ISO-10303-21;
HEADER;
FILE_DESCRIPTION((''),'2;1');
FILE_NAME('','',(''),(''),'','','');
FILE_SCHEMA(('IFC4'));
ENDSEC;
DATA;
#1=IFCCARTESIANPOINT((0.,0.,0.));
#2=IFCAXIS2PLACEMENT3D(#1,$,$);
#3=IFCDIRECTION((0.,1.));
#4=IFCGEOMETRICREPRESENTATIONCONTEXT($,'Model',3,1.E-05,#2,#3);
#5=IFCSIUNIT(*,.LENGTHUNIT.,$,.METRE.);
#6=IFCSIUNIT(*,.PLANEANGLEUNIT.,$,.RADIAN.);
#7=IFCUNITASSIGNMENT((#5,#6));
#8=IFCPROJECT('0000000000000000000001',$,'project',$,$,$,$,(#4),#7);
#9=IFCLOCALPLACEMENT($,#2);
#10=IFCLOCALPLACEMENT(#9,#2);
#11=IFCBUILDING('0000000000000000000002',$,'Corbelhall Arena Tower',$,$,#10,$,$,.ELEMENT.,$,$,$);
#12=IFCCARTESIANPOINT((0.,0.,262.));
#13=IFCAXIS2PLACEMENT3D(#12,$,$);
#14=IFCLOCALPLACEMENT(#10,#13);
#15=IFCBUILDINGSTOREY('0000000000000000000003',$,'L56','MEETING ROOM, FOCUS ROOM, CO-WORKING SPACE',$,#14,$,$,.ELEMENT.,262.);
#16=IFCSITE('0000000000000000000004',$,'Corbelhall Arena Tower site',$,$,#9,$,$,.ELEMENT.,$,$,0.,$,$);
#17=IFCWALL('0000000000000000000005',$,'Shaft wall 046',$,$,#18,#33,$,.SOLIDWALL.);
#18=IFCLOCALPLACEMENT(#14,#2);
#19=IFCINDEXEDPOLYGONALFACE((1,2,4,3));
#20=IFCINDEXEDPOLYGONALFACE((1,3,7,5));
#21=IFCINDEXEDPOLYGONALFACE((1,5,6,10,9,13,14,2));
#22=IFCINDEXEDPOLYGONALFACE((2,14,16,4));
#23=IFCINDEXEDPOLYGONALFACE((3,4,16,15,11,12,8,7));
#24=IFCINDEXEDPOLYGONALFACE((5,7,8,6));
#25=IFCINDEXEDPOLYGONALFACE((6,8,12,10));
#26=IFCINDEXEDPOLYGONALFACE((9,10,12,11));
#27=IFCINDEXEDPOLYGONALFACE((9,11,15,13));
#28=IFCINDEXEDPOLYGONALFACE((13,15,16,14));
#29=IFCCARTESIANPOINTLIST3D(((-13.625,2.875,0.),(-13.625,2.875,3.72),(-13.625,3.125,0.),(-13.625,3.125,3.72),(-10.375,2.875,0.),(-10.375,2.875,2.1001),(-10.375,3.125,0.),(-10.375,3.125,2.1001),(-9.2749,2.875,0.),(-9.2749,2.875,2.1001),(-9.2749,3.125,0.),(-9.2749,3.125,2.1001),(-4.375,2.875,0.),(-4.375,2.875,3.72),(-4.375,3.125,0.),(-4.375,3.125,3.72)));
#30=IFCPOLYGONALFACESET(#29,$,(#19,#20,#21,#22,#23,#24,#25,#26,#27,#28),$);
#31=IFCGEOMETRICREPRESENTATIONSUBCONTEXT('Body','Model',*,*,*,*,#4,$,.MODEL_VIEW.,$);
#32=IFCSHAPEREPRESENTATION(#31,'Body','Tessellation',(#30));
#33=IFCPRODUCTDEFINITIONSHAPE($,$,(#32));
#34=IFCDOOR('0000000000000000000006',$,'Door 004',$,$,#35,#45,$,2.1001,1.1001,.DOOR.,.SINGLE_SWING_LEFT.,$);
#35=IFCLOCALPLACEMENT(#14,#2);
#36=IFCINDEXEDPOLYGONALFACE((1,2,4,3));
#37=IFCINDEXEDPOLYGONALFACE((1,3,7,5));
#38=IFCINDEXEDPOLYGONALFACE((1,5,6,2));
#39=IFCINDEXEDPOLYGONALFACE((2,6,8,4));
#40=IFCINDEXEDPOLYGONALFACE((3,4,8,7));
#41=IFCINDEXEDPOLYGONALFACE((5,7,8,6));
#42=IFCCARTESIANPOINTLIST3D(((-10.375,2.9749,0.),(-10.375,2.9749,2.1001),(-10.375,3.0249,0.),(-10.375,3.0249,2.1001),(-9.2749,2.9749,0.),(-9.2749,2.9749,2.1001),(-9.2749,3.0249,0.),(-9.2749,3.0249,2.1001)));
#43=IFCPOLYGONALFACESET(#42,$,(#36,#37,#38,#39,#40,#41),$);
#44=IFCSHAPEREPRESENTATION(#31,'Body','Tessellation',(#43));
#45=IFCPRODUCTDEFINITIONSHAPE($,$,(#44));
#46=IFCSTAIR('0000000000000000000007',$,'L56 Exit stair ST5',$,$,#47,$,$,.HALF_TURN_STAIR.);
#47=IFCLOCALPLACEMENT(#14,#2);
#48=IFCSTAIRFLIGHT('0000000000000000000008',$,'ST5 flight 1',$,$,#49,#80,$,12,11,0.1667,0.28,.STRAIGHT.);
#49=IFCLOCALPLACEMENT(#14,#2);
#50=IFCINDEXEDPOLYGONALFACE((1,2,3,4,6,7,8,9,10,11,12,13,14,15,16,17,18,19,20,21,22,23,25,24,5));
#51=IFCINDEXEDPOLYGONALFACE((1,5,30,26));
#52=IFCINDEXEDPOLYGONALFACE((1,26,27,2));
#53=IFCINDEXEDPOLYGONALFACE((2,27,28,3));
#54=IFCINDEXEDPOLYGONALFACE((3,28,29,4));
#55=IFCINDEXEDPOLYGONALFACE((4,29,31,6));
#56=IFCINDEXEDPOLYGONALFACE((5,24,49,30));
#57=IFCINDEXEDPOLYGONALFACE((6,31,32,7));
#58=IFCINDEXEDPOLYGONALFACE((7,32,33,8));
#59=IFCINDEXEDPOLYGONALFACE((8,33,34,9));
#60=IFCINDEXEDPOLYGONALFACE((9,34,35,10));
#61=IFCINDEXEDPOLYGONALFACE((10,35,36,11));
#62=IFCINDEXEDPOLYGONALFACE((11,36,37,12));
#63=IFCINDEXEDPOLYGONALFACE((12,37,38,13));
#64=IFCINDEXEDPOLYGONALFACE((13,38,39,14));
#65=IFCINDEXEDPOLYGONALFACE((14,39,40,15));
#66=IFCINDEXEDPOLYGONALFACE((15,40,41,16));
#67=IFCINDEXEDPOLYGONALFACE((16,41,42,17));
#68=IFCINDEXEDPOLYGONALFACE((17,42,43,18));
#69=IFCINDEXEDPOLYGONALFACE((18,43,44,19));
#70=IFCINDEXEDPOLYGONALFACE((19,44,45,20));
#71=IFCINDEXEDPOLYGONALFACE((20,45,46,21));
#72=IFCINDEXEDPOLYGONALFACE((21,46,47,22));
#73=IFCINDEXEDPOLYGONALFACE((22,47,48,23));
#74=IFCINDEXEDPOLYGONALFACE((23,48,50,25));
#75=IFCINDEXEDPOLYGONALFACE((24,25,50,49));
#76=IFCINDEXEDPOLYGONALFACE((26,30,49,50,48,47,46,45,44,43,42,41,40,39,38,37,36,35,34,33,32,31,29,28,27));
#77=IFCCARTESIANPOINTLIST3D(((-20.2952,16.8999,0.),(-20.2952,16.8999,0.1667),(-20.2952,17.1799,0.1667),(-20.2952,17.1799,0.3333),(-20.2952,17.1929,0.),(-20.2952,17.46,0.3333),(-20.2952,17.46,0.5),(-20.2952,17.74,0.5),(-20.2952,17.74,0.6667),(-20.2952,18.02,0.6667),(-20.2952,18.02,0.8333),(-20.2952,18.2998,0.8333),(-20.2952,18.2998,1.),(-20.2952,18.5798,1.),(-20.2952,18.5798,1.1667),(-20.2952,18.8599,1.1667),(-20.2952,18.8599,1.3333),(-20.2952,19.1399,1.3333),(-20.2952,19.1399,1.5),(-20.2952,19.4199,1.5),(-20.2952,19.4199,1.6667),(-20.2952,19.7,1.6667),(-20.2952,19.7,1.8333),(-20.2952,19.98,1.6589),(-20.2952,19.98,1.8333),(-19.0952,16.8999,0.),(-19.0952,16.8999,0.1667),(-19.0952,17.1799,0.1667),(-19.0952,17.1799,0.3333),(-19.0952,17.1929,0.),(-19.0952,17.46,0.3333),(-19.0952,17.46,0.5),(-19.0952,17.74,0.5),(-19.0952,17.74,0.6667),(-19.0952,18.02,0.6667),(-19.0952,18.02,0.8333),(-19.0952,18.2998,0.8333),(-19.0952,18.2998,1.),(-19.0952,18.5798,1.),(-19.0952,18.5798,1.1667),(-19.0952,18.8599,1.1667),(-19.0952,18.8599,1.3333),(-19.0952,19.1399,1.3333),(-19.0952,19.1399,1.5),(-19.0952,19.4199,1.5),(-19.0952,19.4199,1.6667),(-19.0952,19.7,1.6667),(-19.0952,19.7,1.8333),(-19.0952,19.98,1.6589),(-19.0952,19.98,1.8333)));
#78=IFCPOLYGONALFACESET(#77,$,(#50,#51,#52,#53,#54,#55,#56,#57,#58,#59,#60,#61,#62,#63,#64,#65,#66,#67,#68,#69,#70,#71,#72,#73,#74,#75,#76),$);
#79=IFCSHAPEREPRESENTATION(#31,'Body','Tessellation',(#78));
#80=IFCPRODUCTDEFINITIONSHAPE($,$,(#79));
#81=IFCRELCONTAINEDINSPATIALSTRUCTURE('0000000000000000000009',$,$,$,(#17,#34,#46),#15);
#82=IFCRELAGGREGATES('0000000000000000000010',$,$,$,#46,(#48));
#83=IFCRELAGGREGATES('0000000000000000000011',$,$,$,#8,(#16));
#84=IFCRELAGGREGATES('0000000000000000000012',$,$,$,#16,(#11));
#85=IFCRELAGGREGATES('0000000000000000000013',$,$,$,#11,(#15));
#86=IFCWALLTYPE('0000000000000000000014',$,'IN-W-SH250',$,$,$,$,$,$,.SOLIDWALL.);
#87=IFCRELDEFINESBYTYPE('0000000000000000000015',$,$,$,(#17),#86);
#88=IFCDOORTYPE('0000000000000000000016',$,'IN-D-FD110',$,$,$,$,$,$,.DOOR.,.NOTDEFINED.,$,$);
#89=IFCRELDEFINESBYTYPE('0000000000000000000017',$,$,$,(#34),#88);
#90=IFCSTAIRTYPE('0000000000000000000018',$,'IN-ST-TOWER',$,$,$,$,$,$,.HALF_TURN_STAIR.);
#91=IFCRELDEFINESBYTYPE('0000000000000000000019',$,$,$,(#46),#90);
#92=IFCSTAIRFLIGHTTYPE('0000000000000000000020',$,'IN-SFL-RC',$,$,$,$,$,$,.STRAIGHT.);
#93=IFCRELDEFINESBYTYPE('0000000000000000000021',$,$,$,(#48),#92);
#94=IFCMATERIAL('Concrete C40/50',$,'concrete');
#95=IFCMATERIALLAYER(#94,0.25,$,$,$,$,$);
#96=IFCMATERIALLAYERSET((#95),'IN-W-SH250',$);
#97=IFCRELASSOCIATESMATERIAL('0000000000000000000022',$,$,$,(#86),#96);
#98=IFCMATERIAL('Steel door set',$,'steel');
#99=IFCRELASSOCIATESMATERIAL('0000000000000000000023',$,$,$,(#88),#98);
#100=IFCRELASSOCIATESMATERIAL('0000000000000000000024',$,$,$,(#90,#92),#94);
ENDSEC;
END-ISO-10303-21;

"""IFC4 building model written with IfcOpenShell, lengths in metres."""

from ifc_helpers import new_model, si_unit, direction, frame, frame_2d, origin, place, context, subcontext, project, spatial, polyline, rectangle, outline, extrude, material, layer, layer_set, type_object, element, fill, aggregate, save


model = new_model("IFC4")

# Units and contexts
model_context = context("Model", 3, precision=1e-05, world=origin(), true_north=direction((0.0, 1.0)))
body_context = subcontext(model_context, "Body", "Model", "MODEL_VIEW")
ifc_project = project(units=[si_unit("LENGTHUNIT", "METRE"), si_unit("PLANEANGLEUNIT", "RADIAN")], contexts=[model_context])

# Site, building, storey
site_placement = place(None, origin())
site = spatial("IfcSite", under=ifc_project, at=site_placement, Name="Corbelhall Arena Tower site", CompositionType="ELEMENT", RefElevation=0.0)
building_placement = place(site_placement, origin())
building = spatial("IfcBuilding", under=site, at=building_placement, Name="Corbelhall Arena Tower", CompositionType="ELEMENT")
storey_placement = place(building_placement, frame((0.0, 0.0, 262.0)))
storey = spatial("IfcBuildingStorey", under=building, at=storey_placement, Name="L56", Description="MEETING ROOM, FOCUS ROOM, CO-WORKING SPACE", CompositionType="ELEMENT", Elevation=262.0)

# Shared definitions
ifc_material_1 = material(Name="Concrete C40/50", Category="concrete")
ifc_material_2 = material(Name="Steel door set", Category="steel")

# Wall, opening, door
ifc_layer_1 = layer(ifc_material_1, 0.25)
ifc_layer_set_1 = layer_set([ifc_layer_1], Name="IN-W-SH250")
wall_type_1 = type_object("IfcWallType", Name="IN-W-SH250", PredefinedType="SOLIDWALL", material=ifc_layer_set_1)
wall_1_placement = place(storey_placement, frame((-13.625, 3.0, 0.0), z_axis=(0.0, 0.0, 1.0), x_axis=(1.0, 0.0, 0.0)))
wall_1 = element("IfcWall", 1, at=wall_1_placement, inside=storey, type_object=wall_type_1, Name="Shaft wall 046", PredefinedType="SOLIDWALL", context=body_context, shape_type="SweptSolid", body=[
    extrude(rectangle(XDim=9.25, YDim=0.25, at=frame_2d((4.625, 0.0))), origin(), (0.0, 0.0, 1.0), 3.72),
])
opening_1_placement = place(wall_1_placement, frame((3.25, 0.0, 0.0)))
opening_1 = element("IfcOpeningElement", 2, at=opening_1_placement, cuts=wall_1, PredefinedType="OPENING", context=body_context, shape_type="SweptSolid", body=[
    extrude(rectangle(XDim=1.1001, YDim=2.1001, at=frame_2d((0.55, 1.05))), frame((0.0, 0.125, 0.0), z_axis=(0.0, -1.0, 0.0), x_axis=(1.0, 0.0, 0.0)), (0.0, 0.0, 1.0), 0.25),
])
door_type_1 = type_object("IfcDoorType", Name="IN-D-FD110", OperationType="NOTDEFINED", PredefinedType="DOOR", material=ifc_material_2)
door_1_placement = place(opening_1_placement, origin())
door_1 = element("IfcDoor", 3, at=door_1_placement, inside=storey, type_object=door_type_1, Name="Door 004", OperationType="SINGLE_SWING_LEFT", OverallHeight=2.1001, OverallWidth=1.1001, PredefinedType="DOOR", context=body_context, shape_type="SweptSolid", body=[
    extrude(rectangle(XDim=1.1001, YDim=2.1001, at=frame_2d((0.55, 1.05))), frame((0.0, 0.0249, 0.0), z_axis=(0.0, -1.0, 0.0), x_axis=(1.0, 0.0, 0.0)), (0.0, 0.0, 1.0), 0.05),
])
fill(opening_1, door_1)

# Stair, stair flight
stair_type = type_object("IfcStairType", Name="IN-ST-TOWER", PredefinedType="HALF_TURN_STAIR", material=ifc_material_1)
stair_placement = place(storey_placement, origin())
stair = element("IfcStair", 4, at=stair_placement, inside=storey, type_object=stair_type, Name="L56 Exit stair ST5", PredefinedType="HALF_TURN_STAIR")
stair_flight_type = type_object("IfcStairFlightType", Name="IN-SFL-RC", PredefinedType="STRAIGHT", material=ifc_material_1)
stair_flight_placement = place(storey_placement, frame((-19.6951, 16.8999, 0.0), z_axis=(0.0, 0.0, 1.0), x_axis=(0.0, 1.0, 0.0)))
stair_flight = element("IfcStairFlight", 5, at=stair_flight_placement, type_object=stair_flight_type, Name="ST5 flight 1", NumberOfRisers=12, NumberOfTreads=11, PredefinedType="STRAIGHT", RiserHeight=0.1667, TreadLength=0.28, context=body_context, shape_type="SweptSolid", body=[
    extrude(outline(polyline([(0.0, 0.0), (0.0, 0.1667), (0.28, 0.1667), (0.28, 0.3333), (0.5601, 0.3333), (0.5601, 0.5), (0.8401, 0.5), (0.8401, 0.6667), (1.1201, 0.6667), (1.1201, 0.8333), (1.3999, 0.8333), (1.3999, 1.0), (1.6799, 1.0), (1.6799, 1.1667), (1.96, 1.1667), (1.96, 1.3333), (2.24, 1.3333), (2.24, 1.5), (2.52, 1.5), (2.52, 1.6667), (2.8, 1.6667), (2.8, 1.8333), (3.0801, 1.8333), (3.0801, 2.0), (3.0801, 1.6589), (0.293, 0.0), (0.0, 0.0)])), frame((0.0, 0.6001, 0.0), z_axis=(0.0, -1.0, 0.0), x_axis=(1.0, 0.0, 0.0)), (0.0, 0.0, 1.0), 1.2),
])
aggregate(stair, [stair_flight])

save(model, "model.ifc")
